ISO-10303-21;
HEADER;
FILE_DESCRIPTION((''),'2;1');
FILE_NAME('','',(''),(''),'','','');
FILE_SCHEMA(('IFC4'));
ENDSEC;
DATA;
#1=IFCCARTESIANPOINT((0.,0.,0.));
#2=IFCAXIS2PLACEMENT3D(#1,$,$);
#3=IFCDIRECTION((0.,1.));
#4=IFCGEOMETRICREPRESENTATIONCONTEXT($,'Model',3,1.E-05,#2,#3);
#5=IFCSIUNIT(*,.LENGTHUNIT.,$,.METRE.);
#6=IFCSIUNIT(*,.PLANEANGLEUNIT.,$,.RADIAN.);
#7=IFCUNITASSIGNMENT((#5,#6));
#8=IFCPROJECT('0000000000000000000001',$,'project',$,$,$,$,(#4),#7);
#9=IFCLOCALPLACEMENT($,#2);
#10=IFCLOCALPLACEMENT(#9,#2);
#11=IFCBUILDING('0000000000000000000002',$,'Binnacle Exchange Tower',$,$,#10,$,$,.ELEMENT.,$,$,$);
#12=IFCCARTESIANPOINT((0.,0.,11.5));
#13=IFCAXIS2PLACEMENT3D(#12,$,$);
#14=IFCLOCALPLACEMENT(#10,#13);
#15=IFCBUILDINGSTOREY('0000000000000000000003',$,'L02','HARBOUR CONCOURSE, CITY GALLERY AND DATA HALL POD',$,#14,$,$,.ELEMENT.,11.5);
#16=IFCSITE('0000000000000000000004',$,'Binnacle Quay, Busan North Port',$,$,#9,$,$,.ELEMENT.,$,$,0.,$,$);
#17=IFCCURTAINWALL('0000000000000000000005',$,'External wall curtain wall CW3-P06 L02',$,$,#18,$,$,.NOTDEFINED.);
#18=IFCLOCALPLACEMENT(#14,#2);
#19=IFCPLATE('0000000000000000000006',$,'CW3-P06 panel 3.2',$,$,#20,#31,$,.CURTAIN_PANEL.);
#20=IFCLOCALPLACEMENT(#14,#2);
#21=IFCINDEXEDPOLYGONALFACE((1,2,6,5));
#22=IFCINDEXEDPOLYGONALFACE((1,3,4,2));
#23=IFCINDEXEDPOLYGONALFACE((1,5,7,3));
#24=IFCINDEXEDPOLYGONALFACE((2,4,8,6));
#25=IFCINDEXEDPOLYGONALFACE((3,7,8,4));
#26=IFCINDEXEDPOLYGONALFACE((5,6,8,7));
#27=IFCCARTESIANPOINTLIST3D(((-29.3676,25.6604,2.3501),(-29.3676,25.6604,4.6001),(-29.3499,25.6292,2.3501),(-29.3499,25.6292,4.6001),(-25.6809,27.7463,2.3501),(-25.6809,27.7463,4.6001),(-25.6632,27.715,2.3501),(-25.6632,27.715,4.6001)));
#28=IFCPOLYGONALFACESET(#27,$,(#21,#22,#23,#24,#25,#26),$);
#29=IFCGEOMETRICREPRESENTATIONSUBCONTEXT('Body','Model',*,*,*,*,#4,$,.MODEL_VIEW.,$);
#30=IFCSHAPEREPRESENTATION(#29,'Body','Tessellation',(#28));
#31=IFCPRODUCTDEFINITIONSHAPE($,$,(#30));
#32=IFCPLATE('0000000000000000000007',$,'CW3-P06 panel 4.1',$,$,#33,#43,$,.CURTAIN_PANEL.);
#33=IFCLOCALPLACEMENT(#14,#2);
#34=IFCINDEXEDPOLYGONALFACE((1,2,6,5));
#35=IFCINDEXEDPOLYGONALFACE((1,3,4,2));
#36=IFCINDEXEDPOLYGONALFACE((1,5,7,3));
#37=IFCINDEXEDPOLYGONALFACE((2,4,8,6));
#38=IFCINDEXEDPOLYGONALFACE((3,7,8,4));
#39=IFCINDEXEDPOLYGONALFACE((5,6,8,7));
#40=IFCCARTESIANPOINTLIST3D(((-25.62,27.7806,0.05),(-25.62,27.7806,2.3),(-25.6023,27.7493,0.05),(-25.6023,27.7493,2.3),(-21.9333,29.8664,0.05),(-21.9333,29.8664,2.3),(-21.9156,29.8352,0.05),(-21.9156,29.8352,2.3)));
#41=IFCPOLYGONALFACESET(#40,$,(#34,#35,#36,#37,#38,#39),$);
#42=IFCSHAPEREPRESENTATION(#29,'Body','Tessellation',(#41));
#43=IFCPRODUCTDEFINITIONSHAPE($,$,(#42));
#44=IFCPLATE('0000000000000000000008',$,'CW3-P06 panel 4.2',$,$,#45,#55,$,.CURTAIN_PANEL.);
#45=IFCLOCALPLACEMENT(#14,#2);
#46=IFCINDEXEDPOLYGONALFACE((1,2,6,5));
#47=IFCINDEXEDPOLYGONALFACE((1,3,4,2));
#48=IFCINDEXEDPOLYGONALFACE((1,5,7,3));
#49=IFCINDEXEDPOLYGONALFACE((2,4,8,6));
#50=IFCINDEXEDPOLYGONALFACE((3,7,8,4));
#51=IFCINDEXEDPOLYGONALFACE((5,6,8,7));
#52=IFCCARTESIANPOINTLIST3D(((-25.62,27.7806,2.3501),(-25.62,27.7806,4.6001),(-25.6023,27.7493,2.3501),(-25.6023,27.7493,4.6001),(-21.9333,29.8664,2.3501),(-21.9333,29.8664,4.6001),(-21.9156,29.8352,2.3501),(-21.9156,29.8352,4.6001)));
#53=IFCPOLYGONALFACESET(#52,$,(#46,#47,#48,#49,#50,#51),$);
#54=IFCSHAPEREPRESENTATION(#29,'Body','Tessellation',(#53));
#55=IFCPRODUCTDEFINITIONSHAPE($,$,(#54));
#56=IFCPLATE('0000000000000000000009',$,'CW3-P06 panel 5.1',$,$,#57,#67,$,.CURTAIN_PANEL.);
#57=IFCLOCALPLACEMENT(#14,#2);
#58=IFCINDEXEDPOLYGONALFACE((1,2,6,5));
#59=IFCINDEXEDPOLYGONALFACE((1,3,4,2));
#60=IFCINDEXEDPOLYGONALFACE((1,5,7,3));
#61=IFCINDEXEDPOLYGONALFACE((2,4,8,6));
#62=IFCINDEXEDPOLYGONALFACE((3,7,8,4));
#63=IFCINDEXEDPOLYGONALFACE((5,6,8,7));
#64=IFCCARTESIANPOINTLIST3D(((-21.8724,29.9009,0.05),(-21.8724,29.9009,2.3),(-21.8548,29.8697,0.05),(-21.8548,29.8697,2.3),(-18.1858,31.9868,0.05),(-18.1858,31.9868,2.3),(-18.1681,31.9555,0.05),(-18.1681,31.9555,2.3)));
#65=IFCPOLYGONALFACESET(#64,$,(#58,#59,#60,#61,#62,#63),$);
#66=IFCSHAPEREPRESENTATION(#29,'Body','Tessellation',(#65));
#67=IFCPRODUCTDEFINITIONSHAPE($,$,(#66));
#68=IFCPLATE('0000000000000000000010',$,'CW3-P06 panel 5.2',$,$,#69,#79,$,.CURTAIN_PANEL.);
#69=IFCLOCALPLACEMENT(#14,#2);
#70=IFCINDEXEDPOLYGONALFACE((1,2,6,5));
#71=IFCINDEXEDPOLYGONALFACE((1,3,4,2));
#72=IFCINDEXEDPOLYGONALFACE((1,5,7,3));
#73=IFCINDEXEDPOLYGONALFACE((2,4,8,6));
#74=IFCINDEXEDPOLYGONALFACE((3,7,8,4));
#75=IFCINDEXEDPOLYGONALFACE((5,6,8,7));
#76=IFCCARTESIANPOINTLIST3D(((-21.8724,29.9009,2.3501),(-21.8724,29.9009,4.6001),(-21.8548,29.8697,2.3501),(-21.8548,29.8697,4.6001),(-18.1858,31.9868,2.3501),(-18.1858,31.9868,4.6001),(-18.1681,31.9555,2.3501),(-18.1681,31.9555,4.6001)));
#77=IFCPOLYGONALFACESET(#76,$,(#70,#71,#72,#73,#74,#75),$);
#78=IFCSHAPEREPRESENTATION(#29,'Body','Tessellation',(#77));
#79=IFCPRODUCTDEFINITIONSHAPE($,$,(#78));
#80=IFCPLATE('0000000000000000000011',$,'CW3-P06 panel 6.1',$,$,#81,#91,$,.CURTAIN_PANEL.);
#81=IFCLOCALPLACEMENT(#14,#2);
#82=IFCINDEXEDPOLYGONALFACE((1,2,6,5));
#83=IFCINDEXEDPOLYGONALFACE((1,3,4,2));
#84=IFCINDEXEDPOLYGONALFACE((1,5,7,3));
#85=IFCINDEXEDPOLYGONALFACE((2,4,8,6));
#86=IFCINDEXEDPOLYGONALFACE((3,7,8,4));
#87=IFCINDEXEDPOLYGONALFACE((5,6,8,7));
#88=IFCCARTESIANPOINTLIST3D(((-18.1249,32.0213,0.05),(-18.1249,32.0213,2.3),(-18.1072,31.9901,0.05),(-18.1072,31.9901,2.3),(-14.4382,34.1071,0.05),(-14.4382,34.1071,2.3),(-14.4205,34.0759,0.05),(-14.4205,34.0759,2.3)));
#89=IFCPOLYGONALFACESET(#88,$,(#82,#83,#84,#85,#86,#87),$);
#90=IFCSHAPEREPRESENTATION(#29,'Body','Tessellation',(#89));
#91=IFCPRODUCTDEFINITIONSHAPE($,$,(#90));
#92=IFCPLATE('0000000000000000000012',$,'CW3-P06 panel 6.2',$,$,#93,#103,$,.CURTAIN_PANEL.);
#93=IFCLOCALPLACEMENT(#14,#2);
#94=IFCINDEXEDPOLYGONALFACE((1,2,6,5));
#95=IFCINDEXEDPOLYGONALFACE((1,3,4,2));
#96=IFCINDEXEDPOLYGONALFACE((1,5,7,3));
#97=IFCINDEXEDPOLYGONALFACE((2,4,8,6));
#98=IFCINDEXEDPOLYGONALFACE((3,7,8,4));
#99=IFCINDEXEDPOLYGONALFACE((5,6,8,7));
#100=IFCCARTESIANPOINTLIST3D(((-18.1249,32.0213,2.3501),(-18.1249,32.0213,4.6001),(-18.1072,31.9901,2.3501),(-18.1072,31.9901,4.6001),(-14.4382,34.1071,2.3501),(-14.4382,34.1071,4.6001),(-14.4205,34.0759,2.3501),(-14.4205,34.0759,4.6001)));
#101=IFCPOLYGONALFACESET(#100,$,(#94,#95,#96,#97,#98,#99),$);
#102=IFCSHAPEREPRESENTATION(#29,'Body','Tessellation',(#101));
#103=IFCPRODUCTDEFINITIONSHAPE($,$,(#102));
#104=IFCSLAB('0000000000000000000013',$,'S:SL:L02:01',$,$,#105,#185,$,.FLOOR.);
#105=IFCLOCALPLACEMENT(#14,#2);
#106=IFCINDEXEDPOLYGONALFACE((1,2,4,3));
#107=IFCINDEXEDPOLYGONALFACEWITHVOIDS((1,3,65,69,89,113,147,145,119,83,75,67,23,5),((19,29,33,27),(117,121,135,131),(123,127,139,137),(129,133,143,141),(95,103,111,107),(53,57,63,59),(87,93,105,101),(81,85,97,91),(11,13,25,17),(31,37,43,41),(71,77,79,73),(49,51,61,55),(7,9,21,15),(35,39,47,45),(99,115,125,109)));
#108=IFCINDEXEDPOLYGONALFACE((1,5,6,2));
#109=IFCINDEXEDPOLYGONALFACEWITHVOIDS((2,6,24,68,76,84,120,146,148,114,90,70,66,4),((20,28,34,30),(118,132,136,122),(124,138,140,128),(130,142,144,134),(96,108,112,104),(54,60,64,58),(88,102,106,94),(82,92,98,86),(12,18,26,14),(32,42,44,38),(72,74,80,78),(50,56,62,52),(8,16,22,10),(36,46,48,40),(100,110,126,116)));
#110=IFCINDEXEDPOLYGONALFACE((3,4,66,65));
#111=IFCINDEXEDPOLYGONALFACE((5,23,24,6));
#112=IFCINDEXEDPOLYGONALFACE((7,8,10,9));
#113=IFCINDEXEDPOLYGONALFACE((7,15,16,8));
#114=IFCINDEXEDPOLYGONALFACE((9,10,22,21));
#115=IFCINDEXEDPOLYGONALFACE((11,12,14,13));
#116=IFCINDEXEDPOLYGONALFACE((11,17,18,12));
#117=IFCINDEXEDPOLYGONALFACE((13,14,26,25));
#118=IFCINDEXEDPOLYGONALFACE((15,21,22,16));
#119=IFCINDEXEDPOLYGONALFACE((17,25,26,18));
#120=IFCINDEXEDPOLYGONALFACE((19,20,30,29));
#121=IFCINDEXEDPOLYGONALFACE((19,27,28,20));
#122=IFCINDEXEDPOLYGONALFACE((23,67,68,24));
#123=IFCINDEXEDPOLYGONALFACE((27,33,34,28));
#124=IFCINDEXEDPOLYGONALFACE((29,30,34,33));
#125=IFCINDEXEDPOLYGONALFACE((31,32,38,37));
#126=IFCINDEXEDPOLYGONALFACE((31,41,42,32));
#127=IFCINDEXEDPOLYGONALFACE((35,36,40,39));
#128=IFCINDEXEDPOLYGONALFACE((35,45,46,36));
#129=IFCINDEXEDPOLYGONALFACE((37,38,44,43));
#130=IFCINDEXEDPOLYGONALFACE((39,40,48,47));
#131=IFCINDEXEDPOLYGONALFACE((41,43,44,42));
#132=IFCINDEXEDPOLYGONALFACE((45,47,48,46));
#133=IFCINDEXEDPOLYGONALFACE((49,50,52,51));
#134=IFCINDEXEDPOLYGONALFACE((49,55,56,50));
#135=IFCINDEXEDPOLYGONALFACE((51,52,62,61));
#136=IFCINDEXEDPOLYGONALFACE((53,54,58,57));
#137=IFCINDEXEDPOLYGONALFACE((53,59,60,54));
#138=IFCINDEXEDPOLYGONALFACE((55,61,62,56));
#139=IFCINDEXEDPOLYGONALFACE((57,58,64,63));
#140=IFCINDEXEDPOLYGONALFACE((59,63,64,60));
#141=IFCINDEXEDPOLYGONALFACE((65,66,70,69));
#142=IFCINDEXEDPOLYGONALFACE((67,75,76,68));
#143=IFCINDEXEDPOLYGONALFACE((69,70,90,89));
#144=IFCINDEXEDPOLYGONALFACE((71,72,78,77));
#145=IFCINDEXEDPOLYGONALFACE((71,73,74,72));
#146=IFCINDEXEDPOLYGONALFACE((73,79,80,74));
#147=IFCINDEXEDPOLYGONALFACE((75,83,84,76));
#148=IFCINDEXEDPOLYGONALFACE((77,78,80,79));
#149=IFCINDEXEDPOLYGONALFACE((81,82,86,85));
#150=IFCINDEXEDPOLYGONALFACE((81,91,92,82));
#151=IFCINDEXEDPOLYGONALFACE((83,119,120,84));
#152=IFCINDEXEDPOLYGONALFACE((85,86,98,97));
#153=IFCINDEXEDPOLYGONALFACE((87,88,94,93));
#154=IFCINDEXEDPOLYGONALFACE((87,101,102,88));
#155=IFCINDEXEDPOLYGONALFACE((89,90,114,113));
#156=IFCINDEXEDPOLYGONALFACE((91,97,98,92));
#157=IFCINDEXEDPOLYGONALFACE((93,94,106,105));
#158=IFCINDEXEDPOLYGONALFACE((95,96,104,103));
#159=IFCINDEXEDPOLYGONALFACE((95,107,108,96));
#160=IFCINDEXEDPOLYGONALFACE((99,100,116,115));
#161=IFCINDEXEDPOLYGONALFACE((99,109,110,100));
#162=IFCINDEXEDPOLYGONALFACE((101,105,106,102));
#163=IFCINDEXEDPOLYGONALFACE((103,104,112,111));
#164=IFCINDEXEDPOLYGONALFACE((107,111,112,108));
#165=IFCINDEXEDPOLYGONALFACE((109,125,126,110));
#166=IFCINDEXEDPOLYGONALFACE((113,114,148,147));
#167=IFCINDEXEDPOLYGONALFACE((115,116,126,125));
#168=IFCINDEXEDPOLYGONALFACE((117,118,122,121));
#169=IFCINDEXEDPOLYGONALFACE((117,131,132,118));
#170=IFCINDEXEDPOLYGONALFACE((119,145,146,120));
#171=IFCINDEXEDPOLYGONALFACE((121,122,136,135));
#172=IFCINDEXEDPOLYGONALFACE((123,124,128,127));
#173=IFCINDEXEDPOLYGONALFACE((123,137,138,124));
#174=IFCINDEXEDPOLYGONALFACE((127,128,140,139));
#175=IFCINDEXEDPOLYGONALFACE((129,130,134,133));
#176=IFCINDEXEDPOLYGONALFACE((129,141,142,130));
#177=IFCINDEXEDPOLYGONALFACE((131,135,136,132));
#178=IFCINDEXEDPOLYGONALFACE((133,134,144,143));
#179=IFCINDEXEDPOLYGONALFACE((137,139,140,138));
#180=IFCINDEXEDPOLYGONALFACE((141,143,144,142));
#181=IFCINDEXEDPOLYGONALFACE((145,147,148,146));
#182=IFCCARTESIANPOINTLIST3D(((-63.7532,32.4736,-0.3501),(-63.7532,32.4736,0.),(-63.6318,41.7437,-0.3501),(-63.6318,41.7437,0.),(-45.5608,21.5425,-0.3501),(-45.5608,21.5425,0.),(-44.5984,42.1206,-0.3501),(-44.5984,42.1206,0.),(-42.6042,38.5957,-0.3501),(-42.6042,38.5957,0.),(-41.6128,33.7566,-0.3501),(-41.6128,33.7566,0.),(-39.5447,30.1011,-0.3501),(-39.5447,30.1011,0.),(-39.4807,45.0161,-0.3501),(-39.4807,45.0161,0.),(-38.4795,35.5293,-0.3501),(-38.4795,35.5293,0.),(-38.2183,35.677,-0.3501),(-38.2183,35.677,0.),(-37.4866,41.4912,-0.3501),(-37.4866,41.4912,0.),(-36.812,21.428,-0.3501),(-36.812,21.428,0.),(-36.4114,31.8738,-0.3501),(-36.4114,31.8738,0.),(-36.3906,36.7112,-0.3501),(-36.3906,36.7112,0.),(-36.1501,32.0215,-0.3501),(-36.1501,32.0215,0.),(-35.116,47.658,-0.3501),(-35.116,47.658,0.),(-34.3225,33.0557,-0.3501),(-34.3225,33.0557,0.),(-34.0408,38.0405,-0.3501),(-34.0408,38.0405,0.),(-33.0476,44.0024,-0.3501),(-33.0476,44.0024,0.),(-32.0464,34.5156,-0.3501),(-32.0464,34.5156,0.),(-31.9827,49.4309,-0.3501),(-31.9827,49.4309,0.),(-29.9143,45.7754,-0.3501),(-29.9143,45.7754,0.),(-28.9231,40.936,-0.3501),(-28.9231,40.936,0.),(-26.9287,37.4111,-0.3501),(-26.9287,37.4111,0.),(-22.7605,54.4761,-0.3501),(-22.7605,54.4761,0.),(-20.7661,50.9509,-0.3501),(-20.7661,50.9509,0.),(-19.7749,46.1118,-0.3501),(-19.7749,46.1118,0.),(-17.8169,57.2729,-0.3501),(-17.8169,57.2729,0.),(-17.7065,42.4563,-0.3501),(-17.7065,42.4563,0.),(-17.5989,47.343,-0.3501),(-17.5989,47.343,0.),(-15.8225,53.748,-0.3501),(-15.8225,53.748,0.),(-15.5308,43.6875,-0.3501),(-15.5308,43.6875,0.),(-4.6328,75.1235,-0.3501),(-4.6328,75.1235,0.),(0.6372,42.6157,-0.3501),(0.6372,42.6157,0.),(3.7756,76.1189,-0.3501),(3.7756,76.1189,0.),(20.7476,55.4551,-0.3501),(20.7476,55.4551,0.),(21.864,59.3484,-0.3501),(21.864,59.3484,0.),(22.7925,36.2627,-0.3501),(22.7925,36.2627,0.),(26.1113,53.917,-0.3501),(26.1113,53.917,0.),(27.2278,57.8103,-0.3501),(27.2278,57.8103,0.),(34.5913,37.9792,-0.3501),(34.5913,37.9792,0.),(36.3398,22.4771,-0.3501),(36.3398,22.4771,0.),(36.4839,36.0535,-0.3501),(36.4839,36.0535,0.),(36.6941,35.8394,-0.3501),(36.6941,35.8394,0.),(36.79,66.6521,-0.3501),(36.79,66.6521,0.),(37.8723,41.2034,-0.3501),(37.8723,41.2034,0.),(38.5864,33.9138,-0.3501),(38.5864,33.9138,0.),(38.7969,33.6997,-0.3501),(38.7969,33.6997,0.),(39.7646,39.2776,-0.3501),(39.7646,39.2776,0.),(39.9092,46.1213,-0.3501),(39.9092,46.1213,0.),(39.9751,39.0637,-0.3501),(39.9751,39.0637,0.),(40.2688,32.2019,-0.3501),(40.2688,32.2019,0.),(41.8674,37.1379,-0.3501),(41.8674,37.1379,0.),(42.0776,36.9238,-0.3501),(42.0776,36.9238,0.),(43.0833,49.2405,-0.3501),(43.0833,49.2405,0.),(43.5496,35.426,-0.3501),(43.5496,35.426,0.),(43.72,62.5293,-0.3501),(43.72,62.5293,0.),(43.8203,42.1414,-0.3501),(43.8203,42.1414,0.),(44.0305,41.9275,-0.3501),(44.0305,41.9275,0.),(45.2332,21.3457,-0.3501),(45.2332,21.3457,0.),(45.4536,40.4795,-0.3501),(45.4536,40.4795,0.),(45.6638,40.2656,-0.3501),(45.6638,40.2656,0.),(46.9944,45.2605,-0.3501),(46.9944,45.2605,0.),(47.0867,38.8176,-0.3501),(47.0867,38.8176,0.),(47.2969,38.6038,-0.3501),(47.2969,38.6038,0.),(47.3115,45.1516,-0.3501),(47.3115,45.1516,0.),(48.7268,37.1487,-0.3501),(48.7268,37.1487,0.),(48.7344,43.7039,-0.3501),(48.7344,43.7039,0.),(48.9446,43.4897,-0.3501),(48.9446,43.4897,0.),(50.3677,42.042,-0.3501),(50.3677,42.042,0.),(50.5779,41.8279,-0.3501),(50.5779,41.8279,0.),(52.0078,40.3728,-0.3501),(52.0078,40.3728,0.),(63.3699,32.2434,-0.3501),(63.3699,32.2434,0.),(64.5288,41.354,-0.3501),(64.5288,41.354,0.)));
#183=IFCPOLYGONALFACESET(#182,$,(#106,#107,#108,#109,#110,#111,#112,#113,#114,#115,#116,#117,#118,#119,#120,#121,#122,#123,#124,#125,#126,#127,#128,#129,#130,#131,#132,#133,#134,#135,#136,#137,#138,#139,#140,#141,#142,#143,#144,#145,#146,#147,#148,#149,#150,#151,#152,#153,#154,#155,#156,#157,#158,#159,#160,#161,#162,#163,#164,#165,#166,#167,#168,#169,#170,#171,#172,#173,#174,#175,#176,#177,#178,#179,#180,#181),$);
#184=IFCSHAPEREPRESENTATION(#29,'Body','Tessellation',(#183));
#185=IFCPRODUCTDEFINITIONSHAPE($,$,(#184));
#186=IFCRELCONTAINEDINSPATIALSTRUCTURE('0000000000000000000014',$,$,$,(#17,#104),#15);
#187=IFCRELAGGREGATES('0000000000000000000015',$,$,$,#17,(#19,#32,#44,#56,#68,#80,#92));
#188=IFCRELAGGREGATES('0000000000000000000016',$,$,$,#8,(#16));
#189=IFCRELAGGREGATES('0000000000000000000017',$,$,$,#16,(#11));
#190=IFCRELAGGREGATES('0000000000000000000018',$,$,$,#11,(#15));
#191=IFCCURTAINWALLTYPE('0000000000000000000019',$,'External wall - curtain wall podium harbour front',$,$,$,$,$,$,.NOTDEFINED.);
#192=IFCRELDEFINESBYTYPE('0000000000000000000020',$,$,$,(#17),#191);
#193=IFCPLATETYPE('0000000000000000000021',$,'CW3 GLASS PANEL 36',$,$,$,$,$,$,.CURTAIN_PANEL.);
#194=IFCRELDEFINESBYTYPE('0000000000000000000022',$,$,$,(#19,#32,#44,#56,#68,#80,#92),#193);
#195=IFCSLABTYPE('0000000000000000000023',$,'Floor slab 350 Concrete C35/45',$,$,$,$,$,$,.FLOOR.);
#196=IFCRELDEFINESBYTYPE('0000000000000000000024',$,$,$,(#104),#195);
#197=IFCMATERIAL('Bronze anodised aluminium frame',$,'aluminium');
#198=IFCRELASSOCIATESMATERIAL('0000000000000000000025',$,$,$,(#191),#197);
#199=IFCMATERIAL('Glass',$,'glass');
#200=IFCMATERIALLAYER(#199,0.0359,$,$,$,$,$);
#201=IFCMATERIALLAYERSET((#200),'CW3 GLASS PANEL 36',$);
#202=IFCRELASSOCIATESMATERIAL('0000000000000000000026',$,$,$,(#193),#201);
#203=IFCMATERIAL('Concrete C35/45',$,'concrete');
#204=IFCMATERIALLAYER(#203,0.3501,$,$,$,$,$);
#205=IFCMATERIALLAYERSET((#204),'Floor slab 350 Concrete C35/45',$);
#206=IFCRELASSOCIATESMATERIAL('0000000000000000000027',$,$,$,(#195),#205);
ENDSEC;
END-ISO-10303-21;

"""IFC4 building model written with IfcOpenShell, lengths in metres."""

from ifc_helpers import new_model, si_unit, direction, frame, origin, origin_2d, place, context, subcontext, project, spatial, polyline, rectangle, outline, extrude, material, layer, layer_set, type_object, element, aggregate, save


model = new_model("IFC4")

# Units and contexts
model_context = context("Model", 3, precision=1e-05, world=origin(), true_north=direction((0.0, 1.0)))
body_context = subcontext(model_context, "Body", "Model", "MODEL_VIEW")
ifc_project = project(units=[si_unit("LENGTHUNIT", "METRE"), si_unit("PLANEANGLEUNIT", "RADIAN")], contexts=[model_context])

# Site, building, storey
site_placement = place(None, origin())
site = spatial("IfcSite", under=ifc_project, at=site_placement, Name="Binnacle Quay, Busan North Port", CompositionType="ELEMENT", RefElevation=0.0)
building_placement = place(site_placement, origin())
building = spatial("IfcBuilding", under=site, at=building_placement, Name="Binnacle Exchange Tower", CompositionType="ELEMENT")
storey_placement = place(building_placement, frame((0.0, 0.0, 11.5)))
storey = spatial("IfcBuildingStorey", under=building, at=storey_placement, Name="L02", Description="HARBOUR CONCOURSE, CITY GALLERY AND DATA HALL POD", CompositionType="ELEMENT", Elevation=11.5)

# Curtain wall
ifc_material_1 = material(Name="Bronze anodised aluminium frame", Category="aluminium")
curtain_wall_type = type_object("IfcCurtainWallType", Name="External wall - curtain wall podium harbour front", PredefinedType="NOTDEFINED", material=ifc_material_1)
curtain_wall_placement = place(storey_placement, origin())
curtain_wall = element("IfcCurtainWall", 1, at=curtain_wall_placement, inside=storey, type_object=curtain_wall_type, Name="External wall curtain wall CW3-P06 L02", PredefinedType="NOTDEFINED")

# Plates
ifc_material_2 = material(Name="Glass", Category="glass")
ifc_layer_1 = layer(ifc_material_2, 0.0359)
ifc_layer_set_1 = layer_set([ifc_layer_1], Name="CW3 GLASS PANEL 36")
plate_type = type_object("IfcPlateType", Name="CW3 GLASS PANEL 36", PredefinedType="CURTAIN_PANEL", material=ifc_layer_set_1)
plate_1_placement = place(storey_placement, frame((-27.5154, 26.6877, 2.3501), z_axis=(0.0, 0.0, 1.0), x_axis=(0.870356, 0.492424, 0.0)))
plate_1 = element("IfcPlate", 2, at=plate_1_placement, type_object=plate_type, Name="CW3-P06 panel 3.2", PredefinedType="CURTAIN_PANEL", context=body_context, shape_type="SweptSolid", body=[
    extrude(rectangle(XDim=4.2358, YDim=0.0359, at=origin_2d()), origin(), (0.0, 0.0, 1.0), 2.25),
])
plate_2_placement = place(storey_placement, frame((-23.7678, 28.8079, 0.05), z_axis=(0.0, 0.0, 1.0), x_axis=(0.870356, 0.492424, 0.0)))
plate_2 = element("IfcPlate", 3, at=plate_2_placement, type_object=plate_type, Name="CW3-P06 panel 4.1", PredefinedType="CURTAIN_PANEL", context=body_context, shape_type="SweptSolid", body=[
    extrude(rectangle(XDim=4.2358, YDim=0.0359, at=origin_2d()), origin(), (0.0, 0.0, 1.0), 2.25),
])
plate_3_placement = place(storey_placement, frame((-23.7678, 28.8079, 2.3501), z_axis=(0.0, 0.0, 1.0), x_axis=(0.870356, 0.492424, 0.0)))
plate_3 = element("IfcPlate", 4, at=plate_3_placement, type_object=plate_type, Name="CW3-P06 panel 4.2", PredefinedType="CURTAIN_PANEL", context=body_context, shape_type="SweptSolid", body=[
    extrude(rectangle(XDim=4.2358, YDim=0.0359, at=origin_2d()), origin(), (0.0, 0.0, 1.0), 2.25),
])
plate_4_placement = place(storey_placement, frame((-20.0203, 30.9282, 0.05), z_axis=(0.0, 0.0, 1.0), x_axis=(0.870356, 0.492424, 0.0)))
plate_4 = element("IfcPlate", 5, at=plate_4_placement, type_object=plate_type, Name="CW3-P06 panel 5.1", PredefinedType="CURTAIN_PANEL", context=body_context, shape_type="SweptSolid", body=[
    extrude(rectangle(XDim=4.2358, YDim=0.0359, at=origin_2d()), origin(), (0.0, 0.0, 1.0), 2.25),
])
plate_5_placement = place(storey_placement, frame((-20.0203, 30.9282, 2.3501), z_axis=(0.0, 0.0, 1.0), x_axis=(0.870356, 0.492424, 0.0)))
plate_5 = element("IfcPlate", 6, at=plate_5_placement, type_object=plate_type, Name="CW3-P06 panel 5.2", PredefinedType="CURTAIN_PANEL", context=body_context, shape_type="SweptSolid", body=[
    extrude(rectangle(XDim=4.2358, YDim=0.0359, at=origin_2d()), origin(), (0.0, 0.0, 1.0), 2.25),
])
plate_6_placement = place(storey_placement, frame((-16.2727, 33.0486, 0.05), z_axis=(0.0, 0.0, 1.0), x_axis=(0.870356, 0.492424, 0.0)))
plate_6 = element("IfcPlate", 7, at=plate_6_placement, type_object=plate_type, Name="CW3-P06 panel 6.1", PredefinedType="CURTAIN_PANEL", context=body_context, shape_type="SweptSolid", body=[
    extrude(rectangle(XDim=4.2358, YDim=0.0359, at=origin_2d()), origin(), (0.0, 0.0, 1.0), 2.25),
])
plate_7_placement = place(storey_placement, frame((-16.2727, 33.0486, 2.3501), z_axis=(0.0, 0.0, 1.0), x_axis=(0.870356, 0.492424, 0.0)))
plate_7 = element("IfcPlate", 8, at=plate_7_placement, type_object=plate_type, Name="CW3-P06 panel 6.2", PredefinedType="CURTAIN_PANEL", context=body_context, shape_type="SweptSolid", body=[
    extrude(rectangle(XDim=4.2358, YDim=0.0359, at=origin_2d()), origin(), (0.0, 0.0, 1.0), 2.25),
])
aggregate(curtain_wall, [plate_1, plate_2, plate_3, plate_4, plate_5, plate_6, plate_7])

# Slab
ifc_material_3 = material(Name="Concrete C35/45", Category="concrete")
ifc_layer_2 = layer(ifc_material_3, 0.3501)
ifc_layer_set_2 = layer_set([ifc_layer_2], Name="Floor slab 350 Concrete C35/45")
slab_type_1 = type_object("IfcSlabType", Name="Floor slab 350 Concrete C35/45", PredefinedType="FLOOR", material=ifc_layer_set_2)
slab_1_placement = place(storey_placement, frame((0.0, 0.0, -0.3501)))
element("IfcSlab", 9, at=slab_1_placement, inside=storey, type_object=slab_type_1, Name="S:SL:L02:01", PredefinedType="FLOOR", context=body_context, shape_type="SweptSolid", body=[
    extrude(outline(polyline([(64.5288, 41.354), (63.3699, 32.2434), (45.2332, 21.3457), (36.3398, 22.4771), (22.7925, 36.2627), (0.6372, 42.6157), (-36.812, 21.428), (-45.5608, 21.5425), (-63.7532, 32.4736), (-63.6318, 41.7437), (-4.6328, 75.1235), (3.7756, 76.1189), (36.79, 66.6521), (43.72, 62.5293), (64.5288, 41.354)]), holes=[polyline([(-38.4795, 35.5293), (-41.6128, 33.7566), (-39.5447, 30.1011), (-36.4114, 31.8738), (-38.4795, 35.5293)]), polyline([(-34.3225, 33.0557), (-36.3906, 36.7112), (-38.2183, 35.677), (-36.1501, 32.0215), (-34.3225, 33.0557)]), polyline([(-34.0408, 38.0405), (-32.0464, 34.5156), (-26.9287, 37.4111), (-28.9231, 40.936), (-34.0408, 38.0405)]), polyline([(-37.4866, 41.4912), (-39.4807, 45.0161), (-44.5984, 42.1206), (-42.6042, 38.5957), (-37.4866, 41.4912)]), polyline([(-15.5308, 43.6875), (-17.5989, 47.343), (-19.7749, 46.1118), (-17.7065, 42.4563), (-15.5308, 43.6875)]), polyline([(-29.9143, 45.7754), (-31.9827, 49.4309), (-35.116, 47.658), (-33.0476, 44.0024), (-29.9143, 45.7754)]), polyline([(-15.8225, 53.748), (-17.8169, 57.2729), (-22.7605, 54.4761), (-20.7661, 50.9509), (-15.8225, 53.748)]), polyline([(26.1113, 53.917), (27.2278, 57.8103), (21.864, 59.3484), (20.7476, 55.4551), (26.1113, 53.917)]), polyline([(40.2688, 32.2019), (43.5496, 35.426), (42.0776, 36.9238), (38.7969, 33.6997), (40.2688, 32.2019)]), polyline([(38.5864, 33.9138), (41.8674, 37.1379), (39.9751, 39.0637), (36.6941, 35.8394), (38.5864, 33.9138)]), polyline([(36.4839, 36.0535), (39.7646, 39.2776), (37.8723, 41.2034), (34.5913, 37.9792), (36.4839, 36.0535)]), polyline([(48.7268, 37.1487), (52.0078, 40.3728), (50.5779, 41.8279), (47.2969, 38.6038), (48.7268, 37.1487)]), polyline([(47.0867, 38.8176), (50.3677, 42.042), (48.9446, 43.4897), (45.6638, 40.2656), (47.0867, 38.8176)]), polyline([(45.4536, 40.4795), (48.7344, 43.7039), (47.3115, 45.1516), (44.0305, 41.9275), (45.4536, 40.4795)]), polyline([(43.8203, 42.1414), (46.9944, 45.2605), (43.0833, 49.2405), (39.9092, 46.1213), (43.8203, 42.1414)])]), origin(), (0.0, 0.0, 1.0), 0.3501),
])

save(model, "model.ifc")
